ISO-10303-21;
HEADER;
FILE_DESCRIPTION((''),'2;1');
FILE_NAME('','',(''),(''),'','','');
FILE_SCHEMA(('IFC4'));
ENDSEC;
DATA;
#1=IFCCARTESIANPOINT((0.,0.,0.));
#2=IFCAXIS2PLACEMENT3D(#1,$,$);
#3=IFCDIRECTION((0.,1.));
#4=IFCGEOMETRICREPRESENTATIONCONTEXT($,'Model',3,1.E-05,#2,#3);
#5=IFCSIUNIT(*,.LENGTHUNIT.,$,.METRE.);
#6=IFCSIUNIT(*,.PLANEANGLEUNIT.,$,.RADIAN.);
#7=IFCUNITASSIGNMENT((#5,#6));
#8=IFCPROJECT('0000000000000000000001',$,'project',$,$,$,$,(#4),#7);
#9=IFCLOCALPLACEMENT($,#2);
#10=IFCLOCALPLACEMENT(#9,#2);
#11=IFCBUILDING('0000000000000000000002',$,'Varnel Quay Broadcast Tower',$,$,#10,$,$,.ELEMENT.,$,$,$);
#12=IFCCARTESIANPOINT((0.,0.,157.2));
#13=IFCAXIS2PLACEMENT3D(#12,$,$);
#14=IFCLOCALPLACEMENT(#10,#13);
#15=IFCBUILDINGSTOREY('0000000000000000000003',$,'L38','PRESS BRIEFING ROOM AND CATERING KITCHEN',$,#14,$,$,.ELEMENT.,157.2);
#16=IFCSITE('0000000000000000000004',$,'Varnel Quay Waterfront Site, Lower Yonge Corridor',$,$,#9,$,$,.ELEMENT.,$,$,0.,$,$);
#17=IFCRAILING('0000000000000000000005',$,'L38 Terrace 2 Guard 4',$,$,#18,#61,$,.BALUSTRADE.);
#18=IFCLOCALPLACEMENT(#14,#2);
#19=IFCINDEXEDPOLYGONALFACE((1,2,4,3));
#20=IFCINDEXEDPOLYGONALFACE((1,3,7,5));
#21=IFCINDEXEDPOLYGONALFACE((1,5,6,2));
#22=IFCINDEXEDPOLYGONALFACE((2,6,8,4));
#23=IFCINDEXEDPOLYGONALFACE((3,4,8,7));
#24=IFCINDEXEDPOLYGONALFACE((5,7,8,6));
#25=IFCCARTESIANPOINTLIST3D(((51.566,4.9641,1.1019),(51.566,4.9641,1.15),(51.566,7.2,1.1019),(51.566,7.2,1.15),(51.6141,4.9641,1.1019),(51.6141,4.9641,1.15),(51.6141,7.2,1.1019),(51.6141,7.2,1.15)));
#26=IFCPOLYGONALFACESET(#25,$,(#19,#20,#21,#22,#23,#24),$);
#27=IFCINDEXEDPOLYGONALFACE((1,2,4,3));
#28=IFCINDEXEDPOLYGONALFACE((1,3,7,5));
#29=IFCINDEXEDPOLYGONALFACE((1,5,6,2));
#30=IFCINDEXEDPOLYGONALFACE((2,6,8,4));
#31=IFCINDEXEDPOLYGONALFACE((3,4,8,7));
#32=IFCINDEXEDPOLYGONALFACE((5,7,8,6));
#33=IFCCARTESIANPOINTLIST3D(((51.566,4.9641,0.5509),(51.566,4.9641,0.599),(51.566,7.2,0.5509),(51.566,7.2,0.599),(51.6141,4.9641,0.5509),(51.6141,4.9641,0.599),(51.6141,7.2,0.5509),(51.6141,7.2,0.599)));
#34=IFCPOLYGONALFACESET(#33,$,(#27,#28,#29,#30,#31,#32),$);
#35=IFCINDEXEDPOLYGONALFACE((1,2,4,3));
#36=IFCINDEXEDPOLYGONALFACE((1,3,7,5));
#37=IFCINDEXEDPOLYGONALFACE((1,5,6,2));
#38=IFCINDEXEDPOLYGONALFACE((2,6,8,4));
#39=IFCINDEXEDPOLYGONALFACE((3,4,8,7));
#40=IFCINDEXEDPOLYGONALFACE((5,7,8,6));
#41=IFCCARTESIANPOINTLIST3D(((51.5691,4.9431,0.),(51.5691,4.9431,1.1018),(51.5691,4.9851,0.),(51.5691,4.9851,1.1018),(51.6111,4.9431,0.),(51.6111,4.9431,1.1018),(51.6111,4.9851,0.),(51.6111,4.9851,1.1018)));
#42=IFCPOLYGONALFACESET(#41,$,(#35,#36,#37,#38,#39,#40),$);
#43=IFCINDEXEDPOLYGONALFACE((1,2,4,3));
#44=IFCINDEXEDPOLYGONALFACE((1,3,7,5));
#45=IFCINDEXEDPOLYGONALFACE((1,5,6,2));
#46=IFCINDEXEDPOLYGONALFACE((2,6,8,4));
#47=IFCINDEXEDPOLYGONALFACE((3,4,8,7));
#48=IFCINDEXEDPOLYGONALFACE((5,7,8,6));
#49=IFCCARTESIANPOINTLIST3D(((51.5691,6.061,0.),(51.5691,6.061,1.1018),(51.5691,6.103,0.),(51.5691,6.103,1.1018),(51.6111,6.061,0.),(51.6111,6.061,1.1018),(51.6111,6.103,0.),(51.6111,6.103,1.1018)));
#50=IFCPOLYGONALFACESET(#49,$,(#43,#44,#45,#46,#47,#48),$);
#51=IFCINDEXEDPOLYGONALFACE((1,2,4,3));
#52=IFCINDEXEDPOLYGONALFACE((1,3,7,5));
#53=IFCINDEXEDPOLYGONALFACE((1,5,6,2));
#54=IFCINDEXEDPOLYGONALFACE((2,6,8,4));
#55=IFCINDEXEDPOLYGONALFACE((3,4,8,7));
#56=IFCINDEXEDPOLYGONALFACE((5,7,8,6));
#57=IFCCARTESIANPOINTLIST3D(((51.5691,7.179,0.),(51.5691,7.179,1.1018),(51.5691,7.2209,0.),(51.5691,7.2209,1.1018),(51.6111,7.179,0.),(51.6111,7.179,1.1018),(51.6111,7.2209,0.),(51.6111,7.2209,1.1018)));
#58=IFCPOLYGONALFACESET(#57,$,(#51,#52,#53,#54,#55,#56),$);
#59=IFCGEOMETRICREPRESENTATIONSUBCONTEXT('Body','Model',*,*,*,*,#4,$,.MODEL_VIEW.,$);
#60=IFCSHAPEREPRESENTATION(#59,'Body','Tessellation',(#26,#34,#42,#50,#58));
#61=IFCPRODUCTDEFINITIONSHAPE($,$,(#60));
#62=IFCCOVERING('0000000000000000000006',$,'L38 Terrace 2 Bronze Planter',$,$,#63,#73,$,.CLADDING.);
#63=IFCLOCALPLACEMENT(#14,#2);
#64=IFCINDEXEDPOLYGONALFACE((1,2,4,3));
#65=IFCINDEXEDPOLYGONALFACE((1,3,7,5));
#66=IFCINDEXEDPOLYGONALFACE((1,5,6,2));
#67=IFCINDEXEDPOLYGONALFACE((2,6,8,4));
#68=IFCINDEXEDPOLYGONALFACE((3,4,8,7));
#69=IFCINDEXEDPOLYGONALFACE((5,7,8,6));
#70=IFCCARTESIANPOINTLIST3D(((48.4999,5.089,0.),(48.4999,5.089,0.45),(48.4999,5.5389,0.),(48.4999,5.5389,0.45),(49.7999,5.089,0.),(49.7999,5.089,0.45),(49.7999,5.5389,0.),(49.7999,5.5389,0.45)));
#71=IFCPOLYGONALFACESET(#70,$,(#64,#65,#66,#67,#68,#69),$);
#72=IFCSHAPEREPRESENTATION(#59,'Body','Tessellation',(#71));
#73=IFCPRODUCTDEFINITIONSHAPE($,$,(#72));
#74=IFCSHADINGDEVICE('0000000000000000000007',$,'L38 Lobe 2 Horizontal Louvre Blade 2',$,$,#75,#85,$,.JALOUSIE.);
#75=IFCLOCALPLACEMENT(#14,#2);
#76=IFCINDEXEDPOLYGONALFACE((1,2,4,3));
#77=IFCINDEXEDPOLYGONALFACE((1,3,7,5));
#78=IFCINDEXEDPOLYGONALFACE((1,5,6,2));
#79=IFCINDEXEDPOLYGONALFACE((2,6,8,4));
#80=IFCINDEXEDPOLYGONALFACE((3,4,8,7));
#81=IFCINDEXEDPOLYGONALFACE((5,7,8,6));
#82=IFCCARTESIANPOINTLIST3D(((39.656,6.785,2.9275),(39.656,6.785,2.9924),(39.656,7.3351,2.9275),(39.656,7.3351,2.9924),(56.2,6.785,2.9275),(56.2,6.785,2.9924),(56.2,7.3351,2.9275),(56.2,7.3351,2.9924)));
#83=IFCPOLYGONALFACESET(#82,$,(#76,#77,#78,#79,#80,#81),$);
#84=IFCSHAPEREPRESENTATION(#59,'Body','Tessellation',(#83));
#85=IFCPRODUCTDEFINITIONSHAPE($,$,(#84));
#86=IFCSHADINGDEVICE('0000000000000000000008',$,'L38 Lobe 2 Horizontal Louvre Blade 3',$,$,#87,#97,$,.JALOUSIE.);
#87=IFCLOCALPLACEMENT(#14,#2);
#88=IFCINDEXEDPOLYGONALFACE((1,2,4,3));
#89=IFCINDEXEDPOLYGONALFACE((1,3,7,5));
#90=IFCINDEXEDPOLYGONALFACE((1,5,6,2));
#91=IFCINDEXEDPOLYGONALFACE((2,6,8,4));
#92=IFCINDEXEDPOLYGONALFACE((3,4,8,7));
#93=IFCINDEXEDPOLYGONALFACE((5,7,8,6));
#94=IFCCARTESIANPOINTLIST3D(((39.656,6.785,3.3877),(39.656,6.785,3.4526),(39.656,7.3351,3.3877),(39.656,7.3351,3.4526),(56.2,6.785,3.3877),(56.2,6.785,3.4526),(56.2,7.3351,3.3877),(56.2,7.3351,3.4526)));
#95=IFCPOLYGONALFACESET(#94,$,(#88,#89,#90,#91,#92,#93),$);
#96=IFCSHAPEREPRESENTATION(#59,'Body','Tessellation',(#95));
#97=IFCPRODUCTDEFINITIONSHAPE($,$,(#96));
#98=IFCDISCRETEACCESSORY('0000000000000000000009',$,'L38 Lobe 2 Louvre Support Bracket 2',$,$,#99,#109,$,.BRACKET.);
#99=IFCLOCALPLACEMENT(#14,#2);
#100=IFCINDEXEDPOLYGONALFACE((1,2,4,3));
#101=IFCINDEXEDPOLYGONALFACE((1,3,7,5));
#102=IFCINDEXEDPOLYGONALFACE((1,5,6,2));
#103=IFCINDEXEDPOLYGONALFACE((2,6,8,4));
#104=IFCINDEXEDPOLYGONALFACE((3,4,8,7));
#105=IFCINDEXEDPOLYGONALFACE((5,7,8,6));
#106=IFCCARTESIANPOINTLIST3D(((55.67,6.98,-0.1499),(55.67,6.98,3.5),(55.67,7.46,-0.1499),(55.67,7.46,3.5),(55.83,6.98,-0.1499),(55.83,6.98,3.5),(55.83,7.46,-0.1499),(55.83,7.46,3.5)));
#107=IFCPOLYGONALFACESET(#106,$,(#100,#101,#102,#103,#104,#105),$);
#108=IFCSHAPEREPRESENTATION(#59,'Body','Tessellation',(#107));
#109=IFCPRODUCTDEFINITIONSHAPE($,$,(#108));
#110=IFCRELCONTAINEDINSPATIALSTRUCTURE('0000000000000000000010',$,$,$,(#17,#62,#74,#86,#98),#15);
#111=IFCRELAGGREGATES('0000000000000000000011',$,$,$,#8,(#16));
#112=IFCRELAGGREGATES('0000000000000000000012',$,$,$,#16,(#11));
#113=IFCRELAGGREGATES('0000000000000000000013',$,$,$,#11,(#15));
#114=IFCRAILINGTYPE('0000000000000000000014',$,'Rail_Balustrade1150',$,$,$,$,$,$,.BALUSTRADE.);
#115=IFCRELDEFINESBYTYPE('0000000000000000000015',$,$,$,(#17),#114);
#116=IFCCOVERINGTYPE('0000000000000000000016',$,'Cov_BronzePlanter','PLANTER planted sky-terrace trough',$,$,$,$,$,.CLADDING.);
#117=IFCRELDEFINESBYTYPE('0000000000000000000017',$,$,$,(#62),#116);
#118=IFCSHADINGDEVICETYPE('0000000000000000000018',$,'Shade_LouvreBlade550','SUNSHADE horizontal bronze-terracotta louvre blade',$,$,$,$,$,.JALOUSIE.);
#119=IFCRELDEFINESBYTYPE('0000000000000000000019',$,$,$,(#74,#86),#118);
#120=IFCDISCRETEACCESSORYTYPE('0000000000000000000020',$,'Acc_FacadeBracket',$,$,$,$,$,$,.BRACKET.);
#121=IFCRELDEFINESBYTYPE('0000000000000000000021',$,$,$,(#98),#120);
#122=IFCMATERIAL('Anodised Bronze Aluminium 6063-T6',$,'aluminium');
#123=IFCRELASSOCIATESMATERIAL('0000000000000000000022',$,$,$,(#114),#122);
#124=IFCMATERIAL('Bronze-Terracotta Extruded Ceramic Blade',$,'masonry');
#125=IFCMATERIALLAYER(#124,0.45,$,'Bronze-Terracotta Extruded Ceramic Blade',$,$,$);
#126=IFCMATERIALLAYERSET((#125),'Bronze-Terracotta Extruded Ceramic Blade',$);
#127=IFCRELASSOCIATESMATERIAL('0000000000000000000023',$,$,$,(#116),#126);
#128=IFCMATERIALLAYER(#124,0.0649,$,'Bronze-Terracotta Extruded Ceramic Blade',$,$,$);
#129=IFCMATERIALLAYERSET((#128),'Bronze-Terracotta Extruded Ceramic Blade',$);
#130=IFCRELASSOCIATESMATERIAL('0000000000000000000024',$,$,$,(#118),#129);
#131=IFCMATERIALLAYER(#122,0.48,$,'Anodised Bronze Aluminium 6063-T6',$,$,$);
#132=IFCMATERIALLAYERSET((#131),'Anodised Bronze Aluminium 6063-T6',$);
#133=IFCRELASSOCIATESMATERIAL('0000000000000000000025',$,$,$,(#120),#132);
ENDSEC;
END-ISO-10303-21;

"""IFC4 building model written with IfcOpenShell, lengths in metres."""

from ifc_helpers import new_model, si_unit, direction, frame, origin, origin_2d, place, context, subcontext, project, spatial, rectangle, extrude, source, transform, mapped, material, layer, layer_set, type_object, type_shapes, element, save


model = new_model("IFC4")

# Units and contexts
model_context = context("Model", 3, precision=1e-05, world=origin(), true_north=direction((0.0, 1.0)))
body_context = subcontext(model_context, "Body", "Model", "MODEL_VIEW")
ifc_project = project(units=[si_unit("LENGTHUNIT", "METRE"), si_unit("PLANEANGLEUNIT", "RADIAN")], contexts=[model_context])

# Site, building, storey
site_placement = place(None, origin())
site = spatial("IfcSite", under=ifc_project, at=site_placement, Name="Varnel Quay Waterfront Site, Lower Yonge Corridor", CompositionType="ELEMENT", RefElevation=0.0)
building_placement = place(site_placement, origin())
building = spatial("IfcBuilding", under=site, at=building_placement, Name="Varnel Quay Broadcast Tower", CompositionType="ELEMENT")
storey_placement = place(building_placement, frame((0.0, 0.0, 157.2)))
storey = spatial("IfcBuildingStorey", under=building, at=storey_placement, Name="L38", Description="PRESS BRIEFING ROOM AND CATERING KITCHEN", CompositionType="ELEMENT", Elevation=157.2)

# Shared definitions
ifc_material_1 = material(Name="Anodised Bronze Aluminium 6063-T6", Category="aluminium")

# Railing
railing_type = type_object("IfcRailingType", Name="Rail_Balustrade1150", PredefinedType="BALUSTRADE", material=ifc_material_1)
railing_placement = place(storey_placement, frame((51.5901, 4.9641, 0.0)))
element("IfcRailing", 1, at=railing_placement, inside=storey, type_object=railing_type, Name="L38 Terrace 2 Guard 4", PredefinedType="BALUSTRADE", context=body_context, shape_type="SweptSolid", body=[
    extrude(rectangle(XDim=0.0481, YDim=0.0481, at=origin_2d()), frame((0.0, 0.0, 1.126), z_axis=(0.0, 1.0, 0.0), x_axis=(-1.0, 0.0, 0.0)), (0.0, 0.0, 1.0), 2.2358),
    extrude(rectangle(XDim=0.0481, YDim=0.0481, at=origin_2d()), frame((0.0, 0.0, 0.575), z_axis=(0.0, 1.0, 0.0), x_axis=(-1.0, 0.0, 0.0)), (0.0, 0.0, 1.0), 2.2358),
    extrude(rectangle(XDim=0.042, YDim=0.042, at=origin_2d()), origin(), (0.0, 0.0, 1.0), 1.1018),
    extrude(rectangle(XDim=0.042, YDim=0.042, at=origin_2d()), frame((0.0, 1.1179, 0.0)), (0.0, 0.0, 1.0), 1.1018),
    extrude(rectangle(XDim=0.042, YDim=0.042, at=origin_2d()), frame((0.0, 2.2358, 0.0)), (0.0, 0.0, 1.0), 1.1018),
])

# Covering
ifc_material_2 = material(Name="Bronze-Terracotta Extruded Ceramic Blade", Category="masonry")
ifc_layer_1 = layer(ifc_material_2, 0.45, Name="Bronze-Terracotta Extruded Ceramic Blade")
ifc_layer_set_1 = layer_set([ifc_layer_1], Name="Bronze-Terracotta Extruded Ceramic Blade")
covering_type = type_object("IfcCoveringType", Name="Cov_BronzePlanter", Description="PLANTER planted sky-terrace trough", PredefinedType="CLADDING", material=ifc_layer_set_1)
shared_shape_1 = source(origin(), body_context, "Body", "SweptSolid", [
    extrude(rectangle(XDim=1.3, YDim=0.45, at=origin_2d()), origin(), (0.0, 0.0, 1.0), 0.45),
])
type_shapes(covering_type, [shared_shape_1])
covering_placement = place(storey_placement, frame((49.1499, 5.314, 0.0), z_axis=(0.0, 0.0, 1.0), x_axis=(1.0, 0.0, 0.0)))
element("IfcCovering", 2, at=covering_placement, inside=storey, type_object=covering_type, Name="L38 Terrace 2 Bronze Planter", PredefinedType="CLADDING", context=body_context, shape_type="MappedRepresentation", body=[
    mapped(shared_shape_1, transform((0.0, 0.0, 0.0), x_axis=(1.0, 0.0, 0.0), y_axis=(0.0, 1.0, 0.0), z_axis=(0.0, 0.0, 1.0), scale=1.0)),
])

# Shading devices
ifc_layer_2 = layer(ifc_material_2, 0.0649, Name="Bronze-Terracotta Extruded Ceramic Blade")
ifc_layer_set_2 = layer_set([ifc_layer_2], Name="Bronze-Terracotta Extruded Ceramic Blade")
shading_device_type = type_object("IfcShadingDeviceType", Name="Shade_LouvreBlade550", Description="SUNSHADE horizontal bronze-terracotta louvre blade", PredefinedType="JALOUSIE", material=ifc_layer_set_2)
shared_shape_2 = source(origin(), body_context, "Body", "SweptSolid", [
    extrude(rectangle(XDim=16.5439, YDim=0.55, at=origin_2d()), origin(), (0.0, 0.0, 1.0), 0.0649),
])
type_shapes(shading_device_type, [shared_shape_2])
for number, where, z_axis, x_axis, name in (
    (3, (47.928, 7.0601, 2.9275), (0.0, 0.0, 1.0), (1.0, 0.0, 0.0), "L38 Lobe 2 Horizontal Louvre Blade 2"),
    (4, (47.928, 7.0601, 3.3877), (0.0, 0.0, 1.0), (1.0, 0.0, 0.0), "L38 Lobe 2 Horizontal Louvre Blade 3"),
):
    element("IfcShadingDevice", number, at=place(storey_placement, frame(where, z_axis=z_axis, x_axis=x_axis)), inside=storey, type_object=shading_device_type, Name=name, PredefinedType="JALOUSIE", context=body_context, shape_type="MappedRepresentation", body=[
        mapped(shared_shape_2, transform((0.0, 0.0, 0.0), x_axis=(1.0, 0.0, 0.0), y_axis=(0.0, 1.0, 0.0), z_axis=(0.0, 0.0, 1.0), scale=1.0)),
    ])

# Discrete accessory
ifc_layer_3 = layer(ifc_material_1, 0.48, Name="Anodised Bronze Aluminium 6063-T6")
ifc_layer_set_3 = layer_set([ifc_layer_3], Name="Anodised Bronze Aluminium 6063-T6")
discrete_accessory_type = type_object("IfcDiscreteAccessoryType", Name="Acc_FacadeBracket", PredefinedType="BRACKET", material=ifc_layer_set_3)
shared_shape_3 = source(origin(), body_context, "Body", "SweptSolid", [
    extrude(rectangle(XDim=0.1599, YDim=0.48, at=origin_2d()), origin(), (0.0, 0.0, 1.0), 3.6499),
])
type_shapes(discrete_accessory_type, [shared_shape_3])
discrete_accessory_placement = place(storey_placement, frame((55.75, 7.22, -0.1499), z_axis=(0.0, 0.0, 1.0), x_axis=(1.0, 0.0, 0.0)))
element("IfcDiscreteAccessory", 5, at=discrete_accessory_placement, inside=storey, type_object=discrete_accessory_type, Name="L38 Lobe 2 Louvre Support Bracket 2", PredefinedType="BRACKET", context=body_context, shape_type="MappedRepresentation", body=[
    mapped(shared_shape_3, transform((0.0, 0.0, 0.0), x_axis=(1.0, 0.0, 0.0), y_axis=(0.0, 1.0, 0.0), z_axis=(0.0, 0.0, 1.0), scale=1.0)),
])

save(model, "model.ifc")
